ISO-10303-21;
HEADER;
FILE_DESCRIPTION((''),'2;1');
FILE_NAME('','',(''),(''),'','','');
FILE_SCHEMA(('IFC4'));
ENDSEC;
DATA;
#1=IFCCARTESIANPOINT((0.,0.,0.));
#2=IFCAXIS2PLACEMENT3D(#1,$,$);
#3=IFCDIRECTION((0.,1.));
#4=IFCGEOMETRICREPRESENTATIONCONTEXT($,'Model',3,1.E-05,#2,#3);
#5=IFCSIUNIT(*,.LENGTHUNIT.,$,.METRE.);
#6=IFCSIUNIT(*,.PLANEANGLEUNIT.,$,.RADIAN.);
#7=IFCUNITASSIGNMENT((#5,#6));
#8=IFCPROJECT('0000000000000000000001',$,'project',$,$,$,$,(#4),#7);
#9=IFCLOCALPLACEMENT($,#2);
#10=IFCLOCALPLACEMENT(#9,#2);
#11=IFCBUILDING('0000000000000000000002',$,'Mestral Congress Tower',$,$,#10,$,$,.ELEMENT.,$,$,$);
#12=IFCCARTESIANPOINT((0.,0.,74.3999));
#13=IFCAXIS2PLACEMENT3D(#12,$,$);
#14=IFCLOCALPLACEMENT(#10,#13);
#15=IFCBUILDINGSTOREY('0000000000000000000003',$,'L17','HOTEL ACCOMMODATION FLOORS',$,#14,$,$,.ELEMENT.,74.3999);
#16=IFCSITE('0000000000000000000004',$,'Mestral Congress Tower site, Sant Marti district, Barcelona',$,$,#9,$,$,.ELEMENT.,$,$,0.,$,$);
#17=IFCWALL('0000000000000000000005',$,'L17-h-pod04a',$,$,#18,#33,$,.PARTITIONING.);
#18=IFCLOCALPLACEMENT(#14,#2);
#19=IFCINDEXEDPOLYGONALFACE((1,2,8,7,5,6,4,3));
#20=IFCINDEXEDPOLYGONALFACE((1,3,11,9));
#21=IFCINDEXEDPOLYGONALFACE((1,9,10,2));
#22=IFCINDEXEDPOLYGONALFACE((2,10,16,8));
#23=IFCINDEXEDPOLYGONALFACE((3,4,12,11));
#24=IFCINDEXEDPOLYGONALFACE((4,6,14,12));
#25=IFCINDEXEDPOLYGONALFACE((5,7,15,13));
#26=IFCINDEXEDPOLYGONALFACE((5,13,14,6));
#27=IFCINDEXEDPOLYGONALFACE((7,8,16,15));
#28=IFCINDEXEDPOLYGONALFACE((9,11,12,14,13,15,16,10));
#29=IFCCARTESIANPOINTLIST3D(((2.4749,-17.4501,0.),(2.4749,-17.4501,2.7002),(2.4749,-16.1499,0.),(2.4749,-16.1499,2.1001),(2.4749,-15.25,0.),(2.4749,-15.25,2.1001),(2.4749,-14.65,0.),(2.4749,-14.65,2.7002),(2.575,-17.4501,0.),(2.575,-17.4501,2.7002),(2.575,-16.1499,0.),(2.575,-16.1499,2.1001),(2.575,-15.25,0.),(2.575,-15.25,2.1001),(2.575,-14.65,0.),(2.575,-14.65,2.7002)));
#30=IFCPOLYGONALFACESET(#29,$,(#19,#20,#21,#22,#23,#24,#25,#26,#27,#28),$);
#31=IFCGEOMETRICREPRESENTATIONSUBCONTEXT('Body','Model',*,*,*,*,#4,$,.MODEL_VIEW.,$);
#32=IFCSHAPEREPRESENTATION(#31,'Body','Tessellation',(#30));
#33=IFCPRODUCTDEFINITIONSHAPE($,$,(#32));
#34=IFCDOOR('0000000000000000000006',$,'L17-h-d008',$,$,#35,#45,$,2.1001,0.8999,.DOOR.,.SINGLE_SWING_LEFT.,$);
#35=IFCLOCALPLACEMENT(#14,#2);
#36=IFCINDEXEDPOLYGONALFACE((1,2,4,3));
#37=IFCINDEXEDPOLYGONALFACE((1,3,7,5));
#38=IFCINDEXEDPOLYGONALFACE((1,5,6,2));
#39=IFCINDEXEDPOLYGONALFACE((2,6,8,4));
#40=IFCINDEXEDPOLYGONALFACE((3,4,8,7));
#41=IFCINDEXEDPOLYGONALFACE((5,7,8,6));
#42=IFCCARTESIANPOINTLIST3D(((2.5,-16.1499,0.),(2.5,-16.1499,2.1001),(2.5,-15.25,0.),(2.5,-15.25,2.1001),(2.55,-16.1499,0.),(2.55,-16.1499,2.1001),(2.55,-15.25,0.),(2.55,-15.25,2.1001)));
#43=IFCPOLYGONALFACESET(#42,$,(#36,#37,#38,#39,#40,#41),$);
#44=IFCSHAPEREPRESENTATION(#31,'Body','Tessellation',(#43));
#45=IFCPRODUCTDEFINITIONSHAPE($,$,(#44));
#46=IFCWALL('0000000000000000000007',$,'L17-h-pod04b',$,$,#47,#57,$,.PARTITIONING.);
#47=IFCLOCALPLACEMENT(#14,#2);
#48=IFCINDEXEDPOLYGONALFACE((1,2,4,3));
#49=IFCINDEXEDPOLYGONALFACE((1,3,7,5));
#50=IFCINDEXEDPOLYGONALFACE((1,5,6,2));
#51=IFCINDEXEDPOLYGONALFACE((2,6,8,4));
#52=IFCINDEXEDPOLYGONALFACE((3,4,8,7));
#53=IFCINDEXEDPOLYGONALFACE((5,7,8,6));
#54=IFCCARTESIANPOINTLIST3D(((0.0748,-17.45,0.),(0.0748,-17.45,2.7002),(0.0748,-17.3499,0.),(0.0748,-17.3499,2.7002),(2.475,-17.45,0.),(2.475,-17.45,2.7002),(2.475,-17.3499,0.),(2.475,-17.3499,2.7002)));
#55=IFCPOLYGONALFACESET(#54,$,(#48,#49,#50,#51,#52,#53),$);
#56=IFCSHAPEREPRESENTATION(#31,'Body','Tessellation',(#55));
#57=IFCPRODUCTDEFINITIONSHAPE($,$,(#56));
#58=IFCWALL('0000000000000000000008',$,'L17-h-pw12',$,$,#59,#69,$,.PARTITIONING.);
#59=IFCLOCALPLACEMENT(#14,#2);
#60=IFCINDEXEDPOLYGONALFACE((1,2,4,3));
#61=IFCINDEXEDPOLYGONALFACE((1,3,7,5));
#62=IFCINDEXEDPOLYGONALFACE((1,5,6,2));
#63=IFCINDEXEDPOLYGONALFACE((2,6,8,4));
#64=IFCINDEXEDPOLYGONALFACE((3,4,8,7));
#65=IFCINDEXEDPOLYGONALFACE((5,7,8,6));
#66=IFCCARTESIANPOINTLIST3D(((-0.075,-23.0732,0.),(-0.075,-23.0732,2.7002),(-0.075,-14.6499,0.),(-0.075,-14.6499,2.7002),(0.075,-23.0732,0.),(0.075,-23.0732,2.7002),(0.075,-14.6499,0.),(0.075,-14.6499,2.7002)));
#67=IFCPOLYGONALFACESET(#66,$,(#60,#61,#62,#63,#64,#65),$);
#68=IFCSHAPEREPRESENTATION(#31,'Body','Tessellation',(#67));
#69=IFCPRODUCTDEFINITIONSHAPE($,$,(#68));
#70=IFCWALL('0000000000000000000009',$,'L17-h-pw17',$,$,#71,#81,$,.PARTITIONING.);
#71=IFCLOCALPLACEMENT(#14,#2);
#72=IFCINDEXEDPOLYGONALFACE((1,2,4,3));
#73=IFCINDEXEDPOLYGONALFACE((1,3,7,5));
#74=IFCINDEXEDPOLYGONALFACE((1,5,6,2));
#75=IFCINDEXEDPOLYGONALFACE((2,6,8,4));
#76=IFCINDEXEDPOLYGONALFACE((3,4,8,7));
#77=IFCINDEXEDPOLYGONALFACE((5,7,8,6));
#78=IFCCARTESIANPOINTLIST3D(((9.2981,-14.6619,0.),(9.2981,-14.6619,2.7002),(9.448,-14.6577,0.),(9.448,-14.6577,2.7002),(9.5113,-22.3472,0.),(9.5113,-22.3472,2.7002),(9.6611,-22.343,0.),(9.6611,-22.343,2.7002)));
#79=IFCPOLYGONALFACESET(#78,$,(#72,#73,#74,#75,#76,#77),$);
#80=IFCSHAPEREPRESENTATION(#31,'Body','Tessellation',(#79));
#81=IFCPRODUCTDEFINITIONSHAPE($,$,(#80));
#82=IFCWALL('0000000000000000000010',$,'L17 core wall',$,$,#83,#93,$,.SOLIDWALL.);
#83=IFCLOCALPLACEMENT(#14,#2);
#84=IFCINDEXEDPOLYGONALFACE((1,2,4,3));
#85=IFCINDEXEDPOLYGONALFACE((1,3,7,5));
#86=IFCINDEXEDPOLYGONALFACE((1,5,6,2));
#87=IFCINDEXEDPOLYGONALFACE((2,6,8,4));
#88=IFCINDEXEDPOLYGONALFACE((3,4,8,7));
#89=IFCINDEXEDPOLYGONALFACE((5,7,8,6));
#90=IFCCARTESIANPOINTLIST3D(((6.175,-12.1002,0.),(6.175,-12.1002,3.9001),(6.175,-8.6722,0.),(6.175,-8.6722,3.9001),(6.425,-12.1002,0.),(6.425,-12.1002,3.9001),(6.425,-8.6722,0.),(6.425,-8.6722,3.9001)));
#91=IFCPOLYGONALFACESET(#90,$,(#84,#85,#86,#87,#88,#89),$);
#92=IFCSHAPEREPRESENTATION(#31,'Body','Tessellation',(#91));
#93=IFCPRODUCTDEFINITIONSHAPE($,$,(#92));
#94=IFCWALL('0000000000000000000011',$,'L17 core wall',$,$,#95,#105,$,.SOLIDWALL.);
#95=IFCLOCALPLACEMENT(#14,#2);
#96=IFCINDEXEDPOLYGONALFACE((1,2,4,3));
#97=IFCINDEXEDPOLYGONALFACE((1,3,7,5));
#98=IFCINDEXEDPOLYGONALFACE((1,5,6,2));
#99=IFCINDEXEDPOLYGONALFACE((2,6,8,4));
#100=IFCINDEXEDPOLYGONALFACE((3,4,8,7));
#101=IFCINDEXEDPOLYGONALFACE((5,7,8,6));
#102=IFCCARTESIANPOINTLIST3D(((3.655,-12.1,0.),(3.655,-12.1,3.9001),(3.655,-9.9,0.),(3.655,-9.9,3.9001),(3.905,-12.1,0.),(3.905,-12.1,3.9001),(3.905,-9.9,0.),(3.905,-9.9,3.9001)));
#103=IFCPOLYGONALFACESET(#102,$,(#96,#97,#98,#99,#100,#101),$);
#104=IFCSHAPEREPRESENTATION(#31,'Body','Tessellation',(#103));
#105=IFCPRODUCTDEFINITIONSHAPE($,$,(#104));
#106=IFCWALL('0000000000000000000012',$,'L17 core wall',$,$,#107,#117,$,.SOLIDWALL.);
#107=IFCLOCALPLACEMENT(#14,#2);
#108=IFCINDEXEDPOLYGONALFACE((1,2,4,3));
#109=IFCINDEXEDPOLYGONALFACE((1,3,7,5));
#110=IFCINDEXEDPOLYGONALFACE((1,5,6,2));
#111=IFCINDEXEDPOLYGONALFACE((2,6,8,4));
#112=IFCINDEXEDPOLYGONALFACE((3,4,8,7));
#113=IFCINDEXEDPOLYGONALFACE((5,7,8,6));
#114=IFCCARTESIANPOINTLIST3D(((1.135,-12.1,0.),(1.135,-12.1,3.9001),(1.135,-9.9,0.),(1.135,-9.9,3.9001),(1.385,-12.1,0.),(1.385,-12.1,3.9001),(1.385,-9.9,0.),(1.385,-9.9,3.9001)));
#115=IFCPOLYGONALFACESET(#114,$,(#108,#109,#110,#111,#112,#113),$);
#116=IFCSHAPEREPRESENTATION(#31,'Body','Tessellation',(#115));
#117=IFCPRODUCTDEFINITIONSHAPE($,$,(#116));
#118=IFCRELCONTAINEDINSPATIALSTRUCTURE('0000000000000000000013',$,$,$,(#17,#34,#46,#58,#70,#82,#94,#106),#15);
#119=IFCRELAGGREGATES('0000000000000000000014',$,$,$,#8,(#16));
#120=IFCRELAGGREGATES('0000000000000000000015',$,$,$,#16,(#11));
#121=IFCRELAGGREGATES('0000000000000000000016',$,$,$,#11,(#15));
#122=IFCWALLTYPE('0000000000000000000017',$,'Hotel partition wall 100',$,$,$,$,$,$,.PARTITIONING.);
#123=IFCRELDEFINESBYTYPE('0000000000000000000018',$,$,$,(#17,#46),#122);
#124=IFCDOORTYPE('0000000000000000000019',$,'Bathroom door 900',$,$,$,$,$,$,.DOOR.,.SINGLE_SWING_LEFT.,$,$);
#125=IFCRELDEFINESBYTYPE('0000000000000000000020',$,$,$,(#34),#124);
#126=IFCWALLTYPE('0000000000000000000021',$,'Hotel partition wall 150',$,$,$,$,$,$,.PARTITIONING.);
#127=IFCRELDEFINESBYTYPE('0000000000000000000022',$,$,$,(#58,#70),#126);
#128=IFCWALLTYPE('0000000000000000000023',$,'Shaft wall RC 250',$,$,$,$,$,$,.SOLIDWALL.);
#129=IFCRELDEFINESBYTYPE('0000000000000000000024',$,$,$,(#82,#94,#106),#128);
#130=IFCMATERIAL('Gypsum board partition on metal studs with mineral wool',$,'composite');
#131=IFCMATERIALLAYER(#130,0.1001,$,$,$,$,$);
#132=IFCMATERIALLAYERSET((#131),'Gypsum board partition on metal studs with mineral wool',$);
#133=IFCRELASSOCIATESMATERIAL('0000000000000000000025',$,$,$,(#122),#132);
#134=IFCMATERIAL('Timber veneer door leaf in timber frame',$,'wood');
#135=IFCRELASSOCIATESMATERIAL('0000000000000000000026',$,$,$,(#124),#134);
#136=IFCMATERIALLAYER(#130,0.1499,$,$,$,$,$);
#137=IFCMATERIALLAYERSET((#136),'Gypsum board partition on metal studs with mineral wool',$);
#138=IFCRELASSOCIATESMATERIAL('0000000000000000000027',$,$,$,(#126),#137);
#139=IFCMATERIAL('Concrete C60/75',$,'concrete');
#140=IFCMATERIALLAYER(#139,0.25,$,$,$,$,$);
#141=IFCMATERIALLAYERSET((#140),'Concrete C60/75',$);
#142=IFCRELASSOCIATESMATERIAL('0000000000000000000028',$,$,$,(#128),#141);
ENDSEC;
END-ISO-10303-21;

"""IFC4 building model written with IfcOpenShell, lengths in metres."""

from ifc_helpers import new_model, si_unit, direction, frame, frame_2d, origin, place, context, subcontext, project, spatial, rectangle, extrude, material, layer, layer_set, type_object, element, fill, save


model = new_model("IFC4")

# Units and contexts
model_context = context("Model", 3, precision=1e-05, world=origin(), true_north=direction((0.0, 1.0)))
body_context = subcontext(model_context, "Body", "Model", "MODEL_VIEW")
ifc_project = project(units=[si_unit("LENGTHUNIT", "METRE"), si_unit("PLANEANGLEUNIT", "RADIAN")], contexts=[model_context])

# Site, building, storey
site_placement = place(None, origin())
site = spatial("IfcSite", under=ifc_project, at=site_placement, Name="Mestral Congress Tower site, Sant Marti district, Barcelona", CompositionType="ELEMENT", RefElevation=0.0)
building_placement = place(site_placement, origin())
building = spatial("IfcBuilding", under=site, at=building_placement, Name="Mestral Congress Tower", CompositionType="ELEMENT")
storey_placement = place(building_placement, frame((0.0, 0.0, 74.3999)))
storey = spatial("IfcBuildingStorey", under=building, at=storey_placement, Name="L17", Description="HOTEL ACCOMMODATION FLOORS", CompositionType="ELEMENT", Elevation=74.3999)

# Wall, opening, door
ifc_material_1 = material(Name="Gypsum board partition on metal studs with mineral wool", Category="composite")
ifc_layer_1 = layer(ifc_material_1, 0.1001)
ifc_layer_set_1 = layer_set([ifc_layer_1], Name="Gypsum board partition on metal studs with mineral wool")
wall_type_1 = type_object("IfcWallType", Name="Hotel partition wall 100", PredefinedType="PARTITIONING", material=ifc_layer_set_1)
wall_1_placement = place(storey_placement, frame((2.5249, -17.45, 0.0), z_axis=(0.0, 0.0, 1.0), x_axis=(0.0, 1.0, 0.0)))
wall_1 = element("IfcWall", 1, at=wall_1_placement, inside=storey, type_object=wall_type_1, Name="L17-h-pod04a", PredefinedType="PARTITIONING", context=body_context, shape_type="SweptSolid", body=[
    extrude(rectangle(XDim=2.8, YDim=0.1001, at=frame_2d((1.3999, 0.0))), origin(), (0.0, 0.0, 1.0), 2.7002),
])
opening_1_placement = place(wall_1_placement, frame((1.3, 0.0, 0.0)))
opening_1 = element("IfcOpeningElement", 2, at=opening_1_placement, cuts=wall_1, PredefinedType="OPENING", context=body_context, shape_type="SweptSolid", body=[
    extrude(rectangle(XDim=0.8999, YDim=2.1001, at=frame_2d((0.45, 1.05))), frame((0.0, 0.0601, 0.0), z_axis=(0.0, -1.0, 0.0), x_axis=(1.0, 0.0, 0.0)), (0.0, 0.0, 1.0), 0.1201),
])
ifc_material_2 = material(Name="Timber veneer door leaf in timber frame", Category="wood")
door_type = type_object("IfcDoorType", Name="Bathroom door 900", OperationType="SINGLE_SWING_LEFT", PredefinedType="DOOR", material=ifc_material_2)
door_placement = place(opening_1_placement, origin())
door = element("IfcDoor", 3, at=door_placement, inside=storey, type_object=door_type, Name="L17-h-d008", OperationType="SINGLE_SWING_LEFT", OverallHeight=2.1001, OverallWidth=0.8999, PredefinedType="DOOR", context=body_context, shape_type="SweptSolid", body=[
    extrude(rectangle(XDim=0.8999, YDim=2.1001, at=frame_2d((0.45, 1.05))), frame((0.0, 0.0249, 0.0), z_axis=(0.0, -1.0, 0.0), x_axis=(1.0, 0.0, 0.0)), (0.0, 0.0, 1.0), 0.05),
])
fill(opening_1, door)

# Walls
wall_2_placement = place(storey_placement, frame((2.4751, -17.3999, 0.0), z_axis=(0.0, 0.0, 1.0), x_axis=(-1.0, 0.0, 0.0)))
element("IfcWall", 4, at=wall_2_placement, inside=storey, type_object=wall_type_1, Name="L17-h-pod04b", PredefinedType="PARTITIONING", context=body_context, shape_type="SweptSolid", body=[
    extrude(rectangle(XDim=2.4001, YDim=0.1001, at=frame_2d((1.2002, 0.0))), origin(), (0.0, 0.0, 1.0), 2.7002),
])
ifc_layer_2 = layer(ifc_material_1, 0.1499)
ifc_layer_set_2 = layer_set([ifc_layer_2], Name="Gypsum board partition on metal studs with mineral wool")
wall_type_2 = type_object("IfcWallType", Name="Hotel partition wall 150", PredefinedType="PARTITIONING", material=ifc_layer_set_2)
wall_3_placement = place(storey_placement, frame((0.0, -23.0732, 0.0), z_axis=(0.0, 0.0, 1.0), x_axis=(0.0, 1.0, 0.0)))
element("IfcWall", 5, at=wall_3_placement, inside=storey, type_object=wall_type_2, Name="L17-h-pw12", PredefinedType="PARTITIONING", context=body_context, shape_type="SweptSolid", body=[
    extrude(rectangle(XDim=8.4233, YDim=0.1499, at=frame_2d((4.2117, 0.0))), origin(), (0.0, 0.0, 1.0), 2.7002),
])
wall_4_placement = place(storey_placement, frame((9.5862, -22.3452, 0.0), z_axis=(0.0, 0.0, 1.0), x_axis=(-0.027722, 0.999616, 0.0)))
element("IfcWall", 6, at=wall_4_placement, inside=storey, type_object=wall_type_2, Name="L17-h-pw17", PredefinedType="PARTITIONING", context=body_context, shape_type="SweptSolid", body=[
    extrude(rectangle(XDim=7.6882, YDim=0.1499, at=frame_2d((3.8442, 0.0))), origin(), (0.0, 0.0, 1.0), 2.7002),
])
ifc_material_3 = material(Name="Concrete C60/75", Category="concrete")
ifc_layer_3 = layer(ifc_material_3, 0.25)
ifc_layer_set_3 = layer_set([ifc_layer_3], Name="Concrete C60/75")
wall_type_3 = type_object("IfcWallType", Name="Shaft wall RC 250", PredefinedType="SOLIDWALL", material=ifc_layer_set_3)
wall_5_placement = place(storey_placement, frame((6.3, -12.1001, 0.0), z_axis=(0.0, 0.0, 1.0), x_axis=(0.0, 1.0, 0.0)))
element("IfcWall", 7, at=wall_5_placement, inside=storey, type_object=wall_type_3, Name="L17 core wall", PredefinedType="SOLIDWALL", context=body_context, shape_type="SweptSolid", body=[
    extrude(rectangle(XDim=3.428, YDim=0.25, at=frame_2d((1.7139, 0.0))), origin(), (0.0, 0.0, 1.0), 3.9001),
])
for number, where, z_axis, x_axis, name in (
    (8, (3.78, -12.1001, 0.0), (0.0, 0.0, 1.0), (0.0, 1.0, 0.0), "L17 core wall"),
    (9, (1.26, -12.1001, 0.0), (0.0, 0.0, 1.0), (0.0, 1.0, 0.0), "L17 core wall"),
):
    element("IfcWall", number, at=place(storey_placement, frame(where, z_axis=z_axis, x_axis=x_axis)), inside=storey, type_object=wall_type_3, Name=name, PredefinedType="SOLIDWALL", context=body_context, shape_type="SweptSolid", body=[
        extrude(rectangle(XDim=2.2, YDim=0.25, at=frame_2d((1.1001, 0.0))), origin(), (0.0, 0.0, 1.0), 3.9001),
    ])

save(model, "model.ifc")
